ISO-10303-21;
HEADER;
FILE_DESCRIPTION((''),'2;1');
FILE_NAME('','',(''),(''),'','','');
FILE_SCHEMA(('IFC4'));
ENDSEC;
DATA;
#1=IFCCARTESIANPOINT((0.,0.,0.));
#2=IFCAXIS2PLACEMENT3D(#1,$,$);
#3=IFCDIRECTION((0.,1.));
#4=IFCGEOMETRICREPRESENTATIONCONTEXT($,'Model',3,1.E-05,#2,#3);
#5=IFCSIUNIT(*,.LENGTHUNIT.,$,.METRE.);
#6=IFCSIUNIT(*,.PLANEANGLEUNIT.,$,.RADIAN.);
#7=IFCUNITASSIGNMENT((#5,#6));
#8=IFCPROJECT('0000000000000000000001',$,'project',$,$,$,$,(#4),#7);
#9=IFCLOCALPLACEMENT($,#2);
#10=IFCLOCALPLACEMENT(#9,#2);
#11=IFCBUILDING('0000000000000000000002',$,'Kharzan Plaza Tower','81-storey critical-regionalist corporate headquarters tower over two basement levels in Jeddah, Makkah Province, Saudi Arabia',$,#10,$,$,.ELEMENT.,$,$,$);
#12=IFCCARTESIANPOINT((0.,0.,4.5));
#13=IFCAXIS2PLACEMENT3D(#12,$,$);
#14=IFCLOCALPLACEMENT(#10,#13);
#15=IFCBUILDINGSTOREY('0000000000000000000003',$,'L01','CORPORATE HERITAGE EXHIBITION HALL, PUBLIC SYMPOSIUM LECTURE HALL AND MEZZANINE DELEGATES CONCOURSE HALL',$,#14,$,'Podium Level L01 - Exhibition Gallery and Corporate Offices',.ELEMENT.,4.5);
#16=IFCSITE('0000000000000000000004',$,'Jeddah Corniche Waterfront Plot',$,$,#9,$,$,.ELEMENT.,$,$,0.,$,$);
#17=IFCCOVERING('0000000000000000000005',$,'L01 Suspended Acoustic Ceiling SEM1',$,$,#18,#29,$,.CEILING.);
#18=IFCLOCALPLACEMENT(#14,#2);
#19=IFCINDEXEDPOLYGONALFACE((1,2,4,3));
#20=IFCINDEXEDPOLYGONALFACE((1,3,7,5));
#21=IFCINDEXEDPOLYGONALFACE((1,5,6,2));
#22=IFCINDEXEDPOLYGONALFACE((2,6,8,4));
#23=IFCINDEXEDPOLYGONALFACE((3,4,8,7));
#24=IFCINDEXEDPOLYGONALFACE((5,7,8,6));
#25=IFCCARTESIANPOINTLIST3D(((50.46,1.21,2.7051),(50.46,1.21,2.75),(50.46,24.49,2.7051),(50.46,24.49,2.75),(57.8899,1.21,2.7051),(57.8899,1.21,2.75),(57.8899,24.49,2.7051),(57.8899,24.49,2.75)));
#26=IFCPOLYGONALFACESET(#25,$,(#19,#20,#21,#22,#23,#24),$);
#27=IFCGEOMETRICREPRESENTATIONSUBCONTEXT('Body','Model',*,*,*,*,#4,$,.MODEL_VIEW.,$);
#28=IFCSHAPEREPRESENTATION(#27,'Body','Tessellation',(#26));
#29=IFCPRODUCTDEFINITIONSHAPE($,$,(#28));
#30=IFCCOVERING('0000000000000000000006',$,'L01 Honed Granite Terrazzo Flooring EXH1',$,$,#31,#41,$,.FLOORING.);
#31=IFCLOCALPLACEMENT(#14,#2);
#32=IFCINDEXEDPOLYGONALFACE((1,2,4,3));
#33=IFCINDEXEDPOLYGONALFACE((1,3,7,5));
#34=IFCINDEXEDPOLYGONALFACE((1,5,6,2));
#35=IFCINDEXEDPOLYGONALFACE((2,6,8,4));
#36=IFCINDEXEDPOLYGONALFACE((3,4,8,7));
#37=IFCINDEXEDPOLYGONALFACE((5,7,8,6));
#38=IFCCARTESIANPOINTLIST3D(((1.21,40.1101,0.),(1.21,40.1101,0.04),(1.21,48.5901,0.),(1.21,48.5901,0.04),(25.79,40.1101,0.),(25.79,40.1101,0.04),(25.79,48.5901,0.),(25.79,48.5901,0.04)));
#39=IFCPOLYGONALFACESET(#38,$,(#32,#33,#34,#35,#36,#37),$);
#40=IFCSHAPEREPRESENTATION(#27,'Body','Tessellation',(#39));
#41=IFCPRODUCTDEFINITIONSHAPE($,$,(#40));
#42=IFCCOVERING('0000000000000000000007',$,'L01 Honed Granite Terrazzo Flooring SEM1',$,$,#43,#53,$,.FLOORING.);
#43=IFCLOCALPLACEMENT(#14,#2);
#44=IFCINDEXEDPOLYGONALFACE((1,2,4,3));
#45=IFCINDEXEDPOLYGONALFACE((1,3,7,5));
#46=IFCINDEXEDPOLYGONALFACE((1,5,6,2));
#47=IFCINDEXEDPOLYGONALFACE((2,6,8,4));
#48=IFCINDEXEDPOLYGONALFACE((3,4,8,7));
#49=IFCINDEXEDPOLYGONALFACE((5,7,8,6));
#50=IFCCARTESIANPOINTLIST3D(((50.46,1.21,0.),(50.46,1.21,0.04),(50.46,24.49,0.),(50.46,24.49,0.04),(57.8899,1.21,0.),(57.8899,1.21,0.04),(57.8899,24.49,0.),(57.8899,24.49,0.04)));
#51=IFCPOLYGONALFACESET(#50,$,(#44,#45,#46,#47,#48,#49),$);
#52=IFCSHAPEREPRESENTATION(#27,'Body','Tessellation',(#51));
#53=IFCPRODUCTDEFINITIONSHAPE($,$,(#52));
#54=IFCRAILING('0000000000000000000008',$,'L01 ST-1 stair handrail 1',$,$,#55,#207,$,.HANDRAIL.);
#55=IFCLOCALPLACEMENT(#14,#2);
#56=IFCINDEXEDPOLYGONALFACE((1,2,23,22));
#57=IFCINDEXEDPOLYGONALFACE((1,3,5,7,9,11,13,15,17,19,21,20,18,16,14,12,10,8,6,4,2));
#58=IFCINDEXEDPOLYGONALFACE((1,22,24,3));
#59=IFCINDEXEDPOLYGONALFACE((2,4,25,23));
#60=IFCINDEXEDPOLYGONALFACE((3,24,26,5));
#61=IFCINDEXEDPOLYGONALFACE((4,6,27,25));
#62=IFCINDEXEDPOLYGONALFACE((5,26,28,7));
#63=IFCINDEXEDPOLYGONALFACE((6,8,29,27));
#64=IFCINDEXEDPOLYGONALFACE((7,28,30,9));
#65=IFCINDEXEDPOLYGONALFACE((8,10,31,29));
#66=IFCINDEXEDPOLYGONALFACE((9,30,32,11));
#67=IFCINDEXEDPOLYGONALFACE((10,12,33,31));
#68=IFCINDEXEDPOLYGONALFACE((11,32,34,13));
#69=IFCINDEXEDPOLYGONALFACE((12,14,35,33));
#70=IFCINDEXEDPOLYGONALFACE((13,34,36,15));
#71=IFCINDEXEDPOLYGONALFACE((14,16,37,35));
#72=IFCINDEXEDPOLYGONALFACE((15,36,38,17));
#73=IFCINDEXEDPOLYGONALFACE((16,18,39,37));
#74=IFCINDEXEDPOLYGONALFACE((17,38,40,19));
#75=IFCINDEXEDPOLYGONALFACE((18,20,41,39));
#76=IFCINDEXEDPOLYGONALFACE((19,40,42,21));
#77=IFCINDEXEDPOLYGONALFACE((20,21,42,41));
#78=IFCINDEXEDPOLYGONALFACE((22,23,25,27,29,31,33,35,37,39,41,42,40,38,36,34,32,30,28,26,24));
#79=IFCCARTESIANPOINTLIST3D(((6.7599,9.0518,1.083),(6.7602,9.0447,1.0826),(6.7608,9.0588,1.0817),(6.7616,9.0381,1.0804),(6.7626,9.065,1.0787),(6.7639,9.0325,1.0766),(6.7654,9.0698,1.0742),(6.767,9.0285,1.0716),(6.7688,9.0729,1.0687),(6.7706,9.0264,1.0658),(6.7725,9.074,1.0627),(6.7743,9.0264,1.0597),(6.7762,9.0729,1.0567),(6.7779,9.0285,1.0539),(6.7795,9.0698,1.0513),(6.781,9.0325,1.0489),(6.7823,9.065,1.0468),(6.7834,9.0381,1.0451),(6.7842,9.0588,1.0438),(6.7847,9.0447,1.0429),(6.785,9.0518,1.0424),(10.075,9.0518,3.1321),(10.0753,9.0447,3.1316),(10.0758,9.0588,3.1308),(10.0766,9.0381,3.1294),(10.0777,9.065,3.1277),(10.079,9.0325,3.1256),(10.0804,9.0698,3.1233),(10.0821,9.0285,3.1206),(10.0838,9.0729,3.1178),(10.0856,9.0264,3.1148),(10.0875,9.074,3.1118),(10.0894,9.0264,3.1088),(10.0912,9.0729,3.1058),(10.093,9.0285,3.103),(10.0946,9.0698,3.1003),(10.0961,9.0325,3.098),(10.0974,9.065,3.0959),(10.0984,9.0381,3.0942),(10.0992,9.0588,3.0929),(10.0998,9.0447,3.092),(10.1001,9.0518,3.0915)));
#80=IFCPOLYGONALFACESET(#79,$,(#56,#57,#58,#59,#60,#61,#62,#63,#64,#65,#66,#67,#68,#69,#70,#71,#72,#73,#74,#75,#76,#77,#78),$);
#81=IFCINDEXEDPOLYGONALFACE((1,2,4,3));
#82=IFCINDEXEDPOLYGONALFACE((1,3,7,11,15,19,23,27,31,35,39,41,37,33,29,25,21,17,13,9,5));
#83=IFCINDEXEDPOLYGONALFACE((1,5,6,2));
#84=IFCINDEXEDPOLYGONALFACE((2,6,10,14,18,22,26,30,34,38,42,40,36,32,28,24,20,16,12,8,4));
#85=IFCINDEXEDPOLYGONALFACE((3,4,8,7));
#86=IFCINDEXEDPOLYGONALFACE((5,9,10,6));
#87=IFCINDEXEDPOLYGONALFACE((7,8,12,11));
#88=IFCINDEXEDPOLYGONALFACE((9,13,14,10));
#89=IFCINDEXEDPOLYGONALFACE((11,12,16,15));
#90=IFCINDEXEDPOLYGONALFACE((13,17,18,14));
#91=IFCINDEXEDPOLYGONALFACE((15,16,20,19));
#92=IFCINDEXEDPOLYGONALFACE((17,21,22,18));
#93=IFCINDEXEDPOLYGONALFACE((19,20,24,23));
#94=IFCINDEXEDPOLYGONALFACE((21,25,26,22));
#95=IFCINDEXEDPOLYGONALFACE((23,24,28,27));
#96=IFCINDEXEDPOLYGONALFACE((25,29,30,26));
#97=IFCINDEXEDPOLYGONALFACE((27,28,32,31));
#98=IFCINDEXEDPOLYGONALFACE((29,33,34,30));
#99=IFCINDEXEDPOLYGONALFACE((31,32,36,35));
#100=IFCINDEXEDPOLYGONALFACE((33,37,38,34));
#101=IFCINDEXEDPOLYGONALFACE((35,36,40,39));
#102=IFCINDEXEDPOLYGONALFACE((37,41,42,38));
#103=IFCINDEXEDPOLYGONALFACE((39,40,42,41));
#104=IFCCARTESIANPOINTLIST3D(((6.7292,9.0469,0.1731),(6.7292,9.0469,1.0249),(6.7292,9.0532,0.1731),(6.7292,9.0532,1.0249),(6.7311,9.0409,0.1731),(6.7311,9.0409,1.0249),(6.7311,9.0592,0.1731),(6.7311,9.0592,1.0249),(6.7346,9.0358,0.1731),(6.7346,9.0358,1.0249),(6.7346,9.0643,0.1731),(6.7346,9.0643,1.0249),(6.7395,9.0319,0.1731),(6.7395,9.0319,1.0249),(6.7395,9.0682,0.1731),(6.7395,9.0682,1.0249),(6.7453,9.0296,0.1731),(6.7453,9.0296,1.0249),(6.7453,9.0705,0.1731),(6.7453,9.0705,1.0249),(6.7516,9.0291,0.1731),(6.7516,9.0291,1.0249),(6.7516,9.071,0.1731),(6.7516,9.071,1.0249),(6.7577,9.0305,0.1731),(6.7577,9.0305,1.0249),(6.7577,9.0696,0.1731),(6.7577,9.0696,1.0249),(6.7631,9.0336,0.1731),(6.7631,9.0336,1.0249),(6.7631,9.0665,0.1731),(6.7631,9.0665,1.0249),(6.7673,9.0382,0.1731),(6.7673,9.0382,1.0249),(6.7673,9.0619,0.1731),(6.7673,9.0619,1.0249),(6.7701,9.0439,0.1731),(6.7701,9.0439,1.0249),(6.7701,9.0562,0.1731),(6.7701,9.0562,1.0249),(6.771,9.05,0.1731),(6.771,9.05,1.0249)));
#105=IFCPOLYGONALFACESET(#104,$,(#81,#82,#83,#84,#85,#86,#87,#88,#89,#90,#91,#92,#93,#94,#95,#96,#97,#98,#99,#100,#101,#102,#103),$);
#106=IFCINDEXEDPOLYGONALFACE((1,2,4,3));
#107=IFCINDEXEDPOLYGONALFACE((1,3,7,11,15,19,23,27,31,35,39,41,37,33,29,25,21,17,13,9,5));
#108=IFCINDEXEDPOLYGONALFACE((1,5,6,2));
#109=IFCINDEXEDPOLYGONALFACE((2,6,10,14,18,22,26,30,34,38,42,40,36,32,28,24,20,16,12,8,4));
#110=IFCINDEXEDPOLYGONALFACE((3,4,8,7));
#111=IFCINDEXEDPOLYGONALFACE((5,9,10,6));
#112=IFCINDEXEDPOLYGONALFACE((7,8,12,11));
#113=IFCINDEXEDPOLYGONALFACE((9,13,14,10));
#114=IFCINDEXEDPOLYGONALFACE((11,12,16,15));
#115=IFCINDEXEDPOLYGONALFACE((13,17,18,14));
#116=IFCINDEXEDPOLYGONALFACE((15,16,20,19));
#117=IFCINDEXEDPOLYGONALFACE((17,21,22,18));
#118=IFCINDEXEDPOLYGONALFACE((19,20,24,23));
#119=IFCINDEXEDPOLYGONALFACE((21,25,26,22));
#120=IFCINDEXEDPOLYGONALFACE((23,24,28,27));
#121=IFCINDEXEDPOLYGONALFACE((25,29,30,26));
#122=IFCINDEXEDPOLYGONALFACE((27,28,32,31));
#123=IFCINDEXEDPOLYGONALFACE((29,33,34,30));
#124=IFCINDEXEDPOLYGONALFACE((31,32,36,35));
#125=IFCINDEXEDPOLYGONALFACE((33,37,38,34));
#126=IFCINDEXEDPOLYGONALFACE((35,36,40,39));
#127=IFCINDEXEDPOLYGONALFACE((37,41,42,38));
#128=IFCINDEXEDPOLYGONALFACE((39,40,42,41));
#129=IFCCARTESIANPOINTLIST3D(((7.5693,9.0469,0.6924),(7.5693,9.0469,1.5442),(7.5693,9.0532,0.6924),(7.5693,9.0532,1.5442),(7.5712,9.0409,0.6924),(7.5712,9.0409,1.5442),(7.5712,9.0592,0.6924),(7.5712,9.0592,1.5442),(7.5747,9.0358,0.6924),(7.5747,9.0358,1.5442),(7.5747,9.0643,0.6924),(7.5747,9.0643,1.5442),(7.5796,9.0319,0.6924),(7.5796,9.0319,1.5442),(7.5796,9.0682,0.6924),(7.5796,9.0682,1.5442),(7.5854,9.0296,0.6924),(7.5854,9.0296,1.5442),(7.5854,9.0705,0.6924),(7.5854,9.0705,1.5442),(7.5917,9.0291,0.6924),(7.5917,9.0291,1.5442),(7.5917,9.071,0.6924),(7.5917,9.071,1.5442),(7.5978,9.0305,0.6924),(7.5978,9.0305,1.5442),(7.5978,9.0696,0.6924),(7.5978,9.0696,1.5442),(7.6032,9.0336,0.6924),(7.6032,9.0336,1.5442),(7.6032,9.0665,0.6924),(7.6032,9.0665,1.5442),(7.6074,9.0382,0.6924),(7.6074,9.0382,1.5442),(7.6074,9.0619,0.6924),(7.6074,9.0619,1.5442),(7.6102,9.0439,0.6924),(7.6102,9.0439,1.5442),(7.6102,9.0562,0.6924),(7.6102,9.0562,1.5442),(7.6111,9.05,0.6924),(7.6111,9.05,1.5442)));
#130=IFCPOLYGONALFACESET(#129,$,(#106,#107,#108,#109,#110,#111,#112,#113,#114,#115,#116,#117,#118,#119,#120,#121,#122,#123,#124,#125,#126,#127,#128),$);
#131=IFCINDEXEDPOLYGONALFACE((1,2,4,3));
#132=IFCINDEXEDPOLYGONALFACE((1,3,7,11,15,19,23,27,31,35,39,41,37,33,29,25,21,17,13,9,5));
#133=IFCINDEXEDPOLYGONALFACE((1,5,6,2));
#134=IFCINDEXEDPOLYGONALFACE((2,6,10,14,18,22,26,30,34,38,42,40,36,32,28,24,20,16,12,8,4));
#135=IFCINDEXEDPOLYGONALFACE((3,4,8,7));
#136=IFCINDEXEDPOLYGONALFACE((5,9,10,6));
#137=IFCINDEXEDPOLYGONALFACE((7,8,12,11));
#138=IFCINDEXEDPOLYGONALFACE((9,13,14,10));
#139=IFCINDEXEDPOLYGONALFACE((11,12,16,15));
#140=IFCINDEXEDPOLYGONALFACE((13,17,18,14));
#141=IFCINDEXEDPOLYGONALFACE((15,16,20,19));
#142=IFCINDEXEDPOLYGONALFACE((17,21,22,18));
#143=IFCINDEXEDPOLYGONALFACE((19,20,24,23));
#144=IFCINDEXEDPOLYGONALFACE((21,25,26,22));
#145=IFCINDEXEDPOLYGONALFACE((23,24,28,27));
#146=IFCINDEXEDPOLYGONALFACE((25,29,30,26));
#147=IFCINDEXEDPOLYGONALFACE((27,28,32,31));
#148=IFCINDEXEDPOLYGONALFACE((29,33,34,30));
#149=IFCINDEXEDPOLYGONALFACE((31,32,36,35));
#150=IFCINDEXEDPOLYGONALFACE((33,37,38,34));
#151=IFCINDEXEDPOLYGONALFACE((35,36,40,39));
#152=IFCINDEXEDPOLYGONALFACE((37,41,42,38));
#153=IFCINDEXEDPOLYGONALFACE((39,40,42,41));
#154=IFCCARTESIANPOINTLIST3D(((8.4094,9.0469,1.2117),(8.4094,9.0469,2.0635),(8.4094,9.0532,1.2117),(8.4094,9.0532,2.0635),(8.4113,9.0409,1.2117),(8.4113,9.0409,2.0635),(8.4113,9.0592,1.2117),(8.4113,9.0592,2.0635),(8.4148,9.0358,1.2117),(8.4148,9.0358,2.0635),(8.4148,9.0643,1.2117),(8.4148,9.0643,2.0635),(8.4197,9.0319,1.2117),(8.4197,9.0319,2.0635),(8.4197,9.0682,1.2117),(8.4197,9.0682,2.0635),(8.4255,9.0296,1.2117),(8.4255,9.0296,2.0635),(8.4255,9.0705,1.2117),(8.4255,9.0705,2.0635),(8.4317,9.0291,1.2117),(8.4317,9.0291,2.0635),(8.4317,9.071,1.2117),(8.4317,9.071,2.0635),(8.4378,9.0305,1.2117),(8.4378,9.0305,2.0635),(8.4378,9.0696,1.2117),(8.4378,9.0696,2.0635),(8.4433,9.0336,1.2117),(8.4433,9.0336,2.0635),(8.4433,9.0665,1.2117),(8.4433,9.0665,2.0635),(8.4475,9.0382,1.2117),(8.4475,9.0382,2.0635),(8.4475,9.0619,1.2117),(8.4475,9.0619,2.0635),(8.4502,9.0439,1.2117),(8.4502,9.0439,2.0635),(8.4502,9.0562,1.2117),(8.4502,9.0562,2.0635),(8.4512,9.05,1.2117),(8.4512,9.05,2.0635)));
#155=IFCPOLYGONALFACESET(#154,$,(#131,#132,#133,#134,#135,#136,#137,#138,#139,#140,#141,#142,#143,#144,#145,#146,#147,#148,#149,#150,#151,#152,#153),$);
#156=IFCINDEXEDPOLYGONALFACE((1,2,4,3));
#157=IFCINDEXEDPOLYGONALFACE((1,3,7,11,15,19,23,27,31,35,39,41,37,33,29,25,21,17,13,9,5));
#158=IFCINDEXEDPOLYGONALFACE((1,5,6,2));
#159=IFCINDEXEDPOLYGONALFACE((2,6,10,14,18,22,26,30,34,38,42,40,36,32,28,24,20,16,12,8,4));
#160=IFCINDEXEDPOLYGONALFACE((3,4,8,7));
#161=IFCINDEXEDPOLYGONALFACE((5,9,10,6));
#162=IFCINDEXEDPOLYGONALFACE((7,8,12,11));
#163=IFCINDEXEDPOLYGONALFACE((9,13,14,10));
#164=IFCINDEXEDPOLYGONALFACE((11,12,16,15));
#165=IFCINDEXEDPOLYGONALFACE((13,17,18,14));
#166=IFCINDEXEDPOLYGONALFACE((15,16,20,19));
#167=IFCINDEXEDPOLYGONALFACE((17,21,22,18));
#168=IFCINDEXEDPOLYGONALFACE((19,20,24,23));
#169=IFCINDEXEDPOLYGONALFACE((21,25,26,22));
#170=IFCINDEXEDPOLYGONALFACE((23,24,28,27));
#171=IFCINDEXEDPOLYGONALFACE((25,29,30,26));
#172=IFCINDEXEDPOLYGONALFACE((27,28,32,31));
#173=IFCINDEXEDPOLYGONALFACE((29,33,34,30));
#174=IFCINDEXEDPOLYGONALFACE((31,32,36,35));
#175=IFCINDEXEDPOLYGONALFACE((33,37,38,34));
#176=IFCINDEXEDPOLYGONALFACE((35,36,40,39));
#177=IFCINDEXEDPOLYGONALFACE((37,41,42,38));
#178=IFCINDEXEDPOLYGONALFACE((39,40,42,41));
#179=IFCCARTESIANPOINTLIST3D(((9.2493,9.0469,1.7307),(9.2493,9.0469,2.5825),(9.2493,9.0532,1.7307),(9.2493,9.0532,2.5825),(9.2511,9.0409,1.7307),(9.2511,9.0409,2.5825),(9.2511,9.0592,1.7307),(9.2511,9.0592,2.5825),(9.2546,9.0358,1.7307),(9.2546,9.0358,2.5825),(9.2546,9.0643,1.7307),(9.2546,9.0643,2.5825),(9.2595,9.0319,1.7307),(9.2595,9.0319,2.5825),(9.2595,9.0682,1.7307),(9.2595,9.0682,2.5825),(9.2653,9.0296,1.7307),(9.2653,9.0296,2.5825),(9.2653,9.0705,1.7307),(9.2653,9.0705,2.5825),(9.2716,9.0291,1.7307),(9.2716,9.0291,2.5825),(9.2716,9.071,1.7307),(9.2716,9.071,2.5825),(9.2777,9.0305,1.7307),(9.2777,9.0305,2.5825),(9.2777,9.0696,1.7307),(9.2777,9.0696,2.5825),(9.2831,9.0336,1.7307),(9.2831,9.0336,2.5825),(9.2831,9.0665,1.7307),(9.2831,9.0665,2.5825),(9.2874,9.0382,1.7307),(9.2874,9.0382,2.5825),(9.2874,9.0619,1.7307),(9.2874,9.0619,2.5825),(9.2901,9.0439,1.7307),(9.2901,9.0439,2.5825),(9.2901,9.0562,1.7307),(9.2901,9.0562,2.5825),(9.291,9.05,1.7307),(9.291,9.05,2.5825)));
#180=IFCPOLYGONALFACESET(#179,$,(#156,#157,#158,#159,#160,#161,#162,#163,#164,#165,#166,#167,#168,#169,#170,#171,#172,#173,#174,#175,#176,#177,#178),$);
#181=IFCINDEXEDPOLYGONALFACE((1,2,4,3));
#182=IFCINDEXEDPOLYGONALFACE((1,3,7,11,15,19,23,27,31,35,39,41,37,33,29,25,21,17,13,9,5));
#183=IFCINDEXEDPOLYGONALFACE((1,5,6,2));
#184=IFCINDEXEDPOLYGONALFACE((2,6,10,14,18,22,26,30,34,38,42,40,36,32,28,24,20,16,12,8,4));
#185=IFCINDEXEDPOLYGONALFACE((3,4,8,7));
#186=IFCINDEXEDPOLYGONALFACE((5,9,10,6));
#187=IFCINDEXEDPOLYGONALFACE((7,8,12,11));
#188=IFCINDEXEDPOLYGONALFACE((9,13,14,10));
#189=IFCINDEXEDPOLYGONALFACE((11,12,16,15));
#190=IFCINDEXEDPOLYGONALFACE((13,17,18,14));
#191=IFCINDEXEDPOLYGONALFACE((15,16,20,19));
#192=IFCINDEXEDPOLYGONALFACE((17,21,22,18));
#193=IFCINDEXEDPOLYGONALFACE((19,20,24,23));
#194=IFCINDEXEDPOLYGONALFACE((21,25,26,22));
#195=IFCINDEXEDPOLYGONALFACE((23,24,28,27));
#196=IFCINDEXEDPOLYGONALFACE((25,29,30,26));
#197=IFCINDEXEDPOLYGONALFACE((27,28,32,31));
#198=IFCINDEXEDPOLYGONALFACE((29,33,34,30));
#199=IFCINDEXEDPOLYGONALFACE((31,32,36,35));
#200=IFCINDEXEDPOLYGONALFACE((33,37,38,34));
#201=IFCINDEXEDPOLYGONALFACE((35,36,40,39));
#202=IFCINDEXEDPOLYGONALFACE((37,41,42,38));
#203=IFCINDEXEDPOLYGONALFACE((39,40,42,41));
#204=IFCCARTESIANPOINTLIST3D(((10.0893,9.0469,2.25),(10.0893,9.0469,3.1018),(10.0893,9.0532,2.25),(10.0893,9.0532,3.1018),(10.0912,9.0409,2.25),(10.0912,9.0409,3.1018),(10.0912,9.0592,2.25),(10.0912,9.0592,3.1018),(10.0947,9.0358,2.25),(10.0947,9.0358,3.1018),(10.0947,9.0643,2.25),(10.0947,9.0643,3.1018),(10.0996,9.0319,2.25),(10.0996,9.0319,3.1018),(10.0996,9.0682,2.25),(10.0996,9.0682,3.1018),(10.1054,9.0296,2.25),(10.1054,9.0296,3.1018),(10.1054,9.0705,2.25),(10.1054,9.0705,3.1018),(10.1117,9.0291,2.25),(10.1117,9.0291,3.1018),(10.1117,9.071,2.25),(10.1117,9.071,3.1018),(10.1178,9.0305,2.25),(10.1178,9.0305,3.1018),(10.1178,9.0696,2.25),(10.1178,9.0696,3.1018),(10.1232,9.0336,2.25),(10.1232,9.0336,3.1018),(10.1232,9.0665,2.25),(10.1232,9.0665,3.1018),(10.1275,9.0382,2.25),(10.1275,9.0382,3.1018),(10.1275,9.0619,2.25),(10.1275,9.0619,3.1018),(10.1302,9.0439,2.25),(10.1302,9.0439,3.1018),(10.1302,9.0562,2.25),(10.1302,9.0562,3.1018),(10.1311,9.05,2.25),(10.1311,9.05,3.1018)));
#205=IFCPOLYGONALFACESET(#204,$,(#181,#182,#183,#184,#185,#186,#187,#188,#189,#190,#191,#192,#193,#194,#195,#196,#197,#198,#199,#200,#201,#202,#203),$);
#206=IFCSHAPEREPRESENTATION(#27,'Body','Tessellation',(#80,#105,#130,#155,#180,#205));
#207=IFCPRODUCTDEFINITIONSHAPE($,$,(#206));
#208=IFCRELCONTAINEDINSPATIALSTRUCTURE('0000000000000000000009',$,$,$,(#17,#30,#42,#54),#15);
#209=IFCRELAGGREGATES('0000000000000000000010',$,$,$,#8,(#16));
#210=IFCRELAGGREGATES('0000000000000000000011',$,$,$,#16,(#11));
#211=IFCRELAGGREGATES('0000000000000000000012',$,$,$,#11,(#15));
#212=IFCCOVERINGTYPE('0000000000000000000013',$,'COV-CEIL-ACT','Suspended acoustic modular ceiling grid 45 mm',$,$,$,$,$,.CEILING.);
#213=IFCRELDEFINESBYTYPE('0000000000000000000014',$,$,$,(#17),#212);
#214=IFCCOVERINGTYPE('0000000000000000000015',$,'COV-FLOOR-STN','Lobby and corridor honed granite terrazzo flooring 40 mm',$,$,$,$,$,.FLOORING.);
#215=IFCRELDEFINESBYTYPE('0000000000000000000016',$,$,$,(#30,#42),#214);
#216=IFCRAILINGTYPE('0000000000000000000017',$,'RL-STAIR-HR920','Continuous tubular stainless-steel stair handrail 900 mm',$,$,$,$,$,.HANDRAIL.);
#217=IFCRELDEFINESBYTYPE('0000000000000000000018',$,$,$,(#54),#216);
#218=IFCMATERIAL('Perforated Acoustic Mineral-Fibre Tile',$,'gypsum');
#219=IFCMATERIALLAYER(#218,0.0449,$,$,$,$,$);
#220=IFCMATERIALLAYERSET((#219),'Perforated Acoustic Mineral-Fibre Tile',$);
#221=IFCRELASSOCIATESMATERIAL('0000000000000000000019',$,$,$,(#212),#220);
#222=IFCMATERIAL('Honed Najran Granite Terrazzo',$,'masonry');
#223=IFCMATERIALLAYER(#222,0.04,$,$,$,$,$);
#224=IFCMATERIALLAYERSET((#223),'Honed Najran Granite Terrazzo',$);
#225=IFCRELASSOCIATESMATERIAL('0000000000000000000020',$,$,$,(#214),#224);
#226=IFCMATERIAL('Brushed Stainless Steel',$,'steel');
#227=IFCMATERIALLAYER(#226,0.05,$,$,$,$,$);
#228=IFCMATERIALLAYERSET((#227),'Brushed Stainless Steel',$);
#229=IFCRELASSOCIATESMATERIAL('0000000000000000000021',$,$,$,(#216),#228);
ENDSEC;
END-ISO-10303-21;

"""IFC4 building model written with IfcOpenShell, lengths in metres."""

from ifc_helpers import new_model, si_unit, direction, frame, origin, origin_2d, place, context, subcontext, project, spatial, polyline, circle, outline, extrude, source, transform, mapped, material, layer, layer_set, type_object, element, save


model = new_model("IFC4")

# Units and contexts
model_context = context("Model", 3, precision=1e-05, world=origin(), true_north=direction((0.0, 1.0)))
body_context = subcontext(model_context, "Body", "Model", "MODEL_VIEW")
ifc_project = project(units=[si_unit("LENGTHUNIT", "METRE"), si_unit("PLANEANGLEUNIT", "RADIAN")], contexts=[model_context])

# Site, building, storey
site_placement = place(None, origin())
site = spatial("IfcSite", under=ifc_project, at=site_placement, Name="Jeddah Corniche Waterfront Plot", CompositionType="ELEMENT", RefElevation=0.0)
building_placement = place(site_placement, origin())
building = spatial("IfcBuilding", under=site, at=building_placement, Name="Kharzan Plaza Tower", Description="81-storey critical-regionalist corporate headquarters tower over two basement levels in Jeddah, Makkah Province, Saudi Arabia", CompositionType="ELEMENT")
storey_placement = place(building_placement, frame((0.0, 0.0, 4.5)))
storey = spatial("IfcBuildingStorey", under=building, at=storey_placement, Name="L01", Description="CORPORATE HERITAGE EXHIBITION HALL, PUBLIC SYMPOSIUM LECTURE HALL AND MEZZANINE DELEGATES CONCOURSE HALL", LongName="Podium Level L01 - Exhibition Gallery and Corporate Offices", CompositionType="ELEMENT", Elevation=4.5)

# Coverings
ifc_material_1 = material(Name="Perforated Acoustic Mineral-Fibre Tile", Category="gypsum")
ifc_layer_1 = layer(ifc_material_1, 0.0449)
ifc_layer_set_1 = layer_set([ifc_layer_1], Name="Perforated Acoustic Mineral-Fibre Tile")
covering_type_1 = type_object("IfcCoveringType", Name="COV-CEIL-ACT", Description="Suspended acoustic modular ceiling grid 45 mm", PredefinedType="CEILING", material=ifc_layer_set_1)
covering_1_placement = place(storey_placement, frame((0.0, 0.0, 2.7051)))
element("IfcCovering", 1, at=covering_1_placement, inside=storey, type_object=covering_type_1, Name="L01 Suspended Acoustic Ceiling SEM1", PredefinedType="CEILING", context=body_context, shape_type="SweptSolid", body=[
    extrude(outline(polyline([(50.46, 1.21), (57.8899, 1.21), (57.8899, 24.49), (50.46, 24.49), (50.46, 1.21)])), origin(), (0.0, 0.0, 1.0), 0.0449),
])
ifc_material_2 = material(Name="Honed Najran Granite Terrazzo", Category="masonry")
ifc_layer_2 = layer(ifc_material_2, 0.04)
ifc_layer_set_2 = layer_set([ifc_layer_2], Name="Honed Najran Granite Terrazzo")
covering_type_2 = type_object("IfcCoveringType", Name="COV-FLOOR-STN", Description="Lobby and corridor honed granite terrazzo flooring 40 mm", PredefinedType="FLOORING", material=ifc_layer_set_2)
covering_2_placement = place(storey_placement, origin())
element("IfcCovering", 2, at=covering_2_placement, inside=storey, type_object=covering_type_2, Name="L01 Honed Granite Terrazzo Flooring EXH1", PredefinedType="FLOORING", context=body_context, shape_type="SweptSolid", body=[
    extrude(outline(polyline([(1.21, 40.1101), (25.79, 40.1101), (25.79, 48.5901), (1.21, 48.5901), (1.21, 40.1101)])), origin(), (0.0, 0.0, 1.0), 0.04),
])
covering_3_placement = place(storey_placement, origin())
element("IfcCovering", 3, at=covering_3_placement, inside=storey, type_object=covering_type_2, Name="L01 Honed Granite Terrazzo Flooring SEM1", PredefinedType="FLOORING", context=body_context, shape_type="SweptSolid", body=[
    extrude(outline(polyline([(50.46, 1.21), (57.8899, 1.21), (57.8899, 24.49), (50.46, 24.49), (50.46, 1.21)])), origin(), (0.0, 0.0, 1.0), 0.04),
])

# Railing
ifc_material_3 = material(Name="Brushed Stainless Steel", Category="steel")
ifc_layer_3 = layer(ifc_material_3, 0.05)
ifc_layer_set_3 = layer_set([ifc_layer_3], Name="Brushed Stainless Steel")
railing_type = type_object("IfcRailingType", Name="RL-STAIR-HR920", Description="Continuous tubular stainless-steel stair handrail 900 mm", PredefinedType="HANDRAIL", material=ifc_layer_set_3)
shared_shape_1 = source(origin(), body_context, "Body", "SweptSolid", [
    extrude(circle(Radius=0.0239, at=origin_2d()), frame((0.0225, 0.0, 0.8896), z_axis=(0.850623, 0.0, 0.525776), x_axis=(0.0, 1.0, 0.0)), (0.0, 0.0, 1.0), 3.8972),
    extrude(circle(Radius=0.021, at=origin_2d()), origin(), (0.0, 0.0, 1.0), 0.8518),
    extrude(circle(Radius=0.021, at=origin_2d()), frame((0.8401, 0.0, 0.5193)), (0.0, 0.0, 1.0), 0.8518),
    extrude(circle(Radius=0.021, at=origin_2d()), frame((1.6802, 0.0, 1.0386)), (0.0, 0.0, 1.0), 0.8518),
    extrude(circle(Radius=0.021, at=origin_2d()), frame((2.52, 0.0, 1.5576)), (0.0, 0.0, 1.0), 0.8518),
    extrude(circle(Radius=0.021, at=origin_2d()), frame((3.3601, 0.0, 2.0769)), (0.0, 0.0, 1.0), 0.8518),
])
railing_placement = place(storey_placement, frame((6.75, 9.05, 0.1731)))
element("IfcRailing", 4, at=railing_placement, inside=storey, type_object=railing_type, Name="L01 ST-1 stair handrail 1", PredefinedType="HANDRAIL", context=body_context, shape_type="MappedRepresentation", body=[
    mapped(shared_shape_1, transform((0.0, 0.0, 0.0), x_axis=(1.0, 0.0, 0.0), y_axis=(0.0, 1.0, 0.0), z_axis=(0.0, 0.0, 1.0))),
])

save(model, "model.ifc")
